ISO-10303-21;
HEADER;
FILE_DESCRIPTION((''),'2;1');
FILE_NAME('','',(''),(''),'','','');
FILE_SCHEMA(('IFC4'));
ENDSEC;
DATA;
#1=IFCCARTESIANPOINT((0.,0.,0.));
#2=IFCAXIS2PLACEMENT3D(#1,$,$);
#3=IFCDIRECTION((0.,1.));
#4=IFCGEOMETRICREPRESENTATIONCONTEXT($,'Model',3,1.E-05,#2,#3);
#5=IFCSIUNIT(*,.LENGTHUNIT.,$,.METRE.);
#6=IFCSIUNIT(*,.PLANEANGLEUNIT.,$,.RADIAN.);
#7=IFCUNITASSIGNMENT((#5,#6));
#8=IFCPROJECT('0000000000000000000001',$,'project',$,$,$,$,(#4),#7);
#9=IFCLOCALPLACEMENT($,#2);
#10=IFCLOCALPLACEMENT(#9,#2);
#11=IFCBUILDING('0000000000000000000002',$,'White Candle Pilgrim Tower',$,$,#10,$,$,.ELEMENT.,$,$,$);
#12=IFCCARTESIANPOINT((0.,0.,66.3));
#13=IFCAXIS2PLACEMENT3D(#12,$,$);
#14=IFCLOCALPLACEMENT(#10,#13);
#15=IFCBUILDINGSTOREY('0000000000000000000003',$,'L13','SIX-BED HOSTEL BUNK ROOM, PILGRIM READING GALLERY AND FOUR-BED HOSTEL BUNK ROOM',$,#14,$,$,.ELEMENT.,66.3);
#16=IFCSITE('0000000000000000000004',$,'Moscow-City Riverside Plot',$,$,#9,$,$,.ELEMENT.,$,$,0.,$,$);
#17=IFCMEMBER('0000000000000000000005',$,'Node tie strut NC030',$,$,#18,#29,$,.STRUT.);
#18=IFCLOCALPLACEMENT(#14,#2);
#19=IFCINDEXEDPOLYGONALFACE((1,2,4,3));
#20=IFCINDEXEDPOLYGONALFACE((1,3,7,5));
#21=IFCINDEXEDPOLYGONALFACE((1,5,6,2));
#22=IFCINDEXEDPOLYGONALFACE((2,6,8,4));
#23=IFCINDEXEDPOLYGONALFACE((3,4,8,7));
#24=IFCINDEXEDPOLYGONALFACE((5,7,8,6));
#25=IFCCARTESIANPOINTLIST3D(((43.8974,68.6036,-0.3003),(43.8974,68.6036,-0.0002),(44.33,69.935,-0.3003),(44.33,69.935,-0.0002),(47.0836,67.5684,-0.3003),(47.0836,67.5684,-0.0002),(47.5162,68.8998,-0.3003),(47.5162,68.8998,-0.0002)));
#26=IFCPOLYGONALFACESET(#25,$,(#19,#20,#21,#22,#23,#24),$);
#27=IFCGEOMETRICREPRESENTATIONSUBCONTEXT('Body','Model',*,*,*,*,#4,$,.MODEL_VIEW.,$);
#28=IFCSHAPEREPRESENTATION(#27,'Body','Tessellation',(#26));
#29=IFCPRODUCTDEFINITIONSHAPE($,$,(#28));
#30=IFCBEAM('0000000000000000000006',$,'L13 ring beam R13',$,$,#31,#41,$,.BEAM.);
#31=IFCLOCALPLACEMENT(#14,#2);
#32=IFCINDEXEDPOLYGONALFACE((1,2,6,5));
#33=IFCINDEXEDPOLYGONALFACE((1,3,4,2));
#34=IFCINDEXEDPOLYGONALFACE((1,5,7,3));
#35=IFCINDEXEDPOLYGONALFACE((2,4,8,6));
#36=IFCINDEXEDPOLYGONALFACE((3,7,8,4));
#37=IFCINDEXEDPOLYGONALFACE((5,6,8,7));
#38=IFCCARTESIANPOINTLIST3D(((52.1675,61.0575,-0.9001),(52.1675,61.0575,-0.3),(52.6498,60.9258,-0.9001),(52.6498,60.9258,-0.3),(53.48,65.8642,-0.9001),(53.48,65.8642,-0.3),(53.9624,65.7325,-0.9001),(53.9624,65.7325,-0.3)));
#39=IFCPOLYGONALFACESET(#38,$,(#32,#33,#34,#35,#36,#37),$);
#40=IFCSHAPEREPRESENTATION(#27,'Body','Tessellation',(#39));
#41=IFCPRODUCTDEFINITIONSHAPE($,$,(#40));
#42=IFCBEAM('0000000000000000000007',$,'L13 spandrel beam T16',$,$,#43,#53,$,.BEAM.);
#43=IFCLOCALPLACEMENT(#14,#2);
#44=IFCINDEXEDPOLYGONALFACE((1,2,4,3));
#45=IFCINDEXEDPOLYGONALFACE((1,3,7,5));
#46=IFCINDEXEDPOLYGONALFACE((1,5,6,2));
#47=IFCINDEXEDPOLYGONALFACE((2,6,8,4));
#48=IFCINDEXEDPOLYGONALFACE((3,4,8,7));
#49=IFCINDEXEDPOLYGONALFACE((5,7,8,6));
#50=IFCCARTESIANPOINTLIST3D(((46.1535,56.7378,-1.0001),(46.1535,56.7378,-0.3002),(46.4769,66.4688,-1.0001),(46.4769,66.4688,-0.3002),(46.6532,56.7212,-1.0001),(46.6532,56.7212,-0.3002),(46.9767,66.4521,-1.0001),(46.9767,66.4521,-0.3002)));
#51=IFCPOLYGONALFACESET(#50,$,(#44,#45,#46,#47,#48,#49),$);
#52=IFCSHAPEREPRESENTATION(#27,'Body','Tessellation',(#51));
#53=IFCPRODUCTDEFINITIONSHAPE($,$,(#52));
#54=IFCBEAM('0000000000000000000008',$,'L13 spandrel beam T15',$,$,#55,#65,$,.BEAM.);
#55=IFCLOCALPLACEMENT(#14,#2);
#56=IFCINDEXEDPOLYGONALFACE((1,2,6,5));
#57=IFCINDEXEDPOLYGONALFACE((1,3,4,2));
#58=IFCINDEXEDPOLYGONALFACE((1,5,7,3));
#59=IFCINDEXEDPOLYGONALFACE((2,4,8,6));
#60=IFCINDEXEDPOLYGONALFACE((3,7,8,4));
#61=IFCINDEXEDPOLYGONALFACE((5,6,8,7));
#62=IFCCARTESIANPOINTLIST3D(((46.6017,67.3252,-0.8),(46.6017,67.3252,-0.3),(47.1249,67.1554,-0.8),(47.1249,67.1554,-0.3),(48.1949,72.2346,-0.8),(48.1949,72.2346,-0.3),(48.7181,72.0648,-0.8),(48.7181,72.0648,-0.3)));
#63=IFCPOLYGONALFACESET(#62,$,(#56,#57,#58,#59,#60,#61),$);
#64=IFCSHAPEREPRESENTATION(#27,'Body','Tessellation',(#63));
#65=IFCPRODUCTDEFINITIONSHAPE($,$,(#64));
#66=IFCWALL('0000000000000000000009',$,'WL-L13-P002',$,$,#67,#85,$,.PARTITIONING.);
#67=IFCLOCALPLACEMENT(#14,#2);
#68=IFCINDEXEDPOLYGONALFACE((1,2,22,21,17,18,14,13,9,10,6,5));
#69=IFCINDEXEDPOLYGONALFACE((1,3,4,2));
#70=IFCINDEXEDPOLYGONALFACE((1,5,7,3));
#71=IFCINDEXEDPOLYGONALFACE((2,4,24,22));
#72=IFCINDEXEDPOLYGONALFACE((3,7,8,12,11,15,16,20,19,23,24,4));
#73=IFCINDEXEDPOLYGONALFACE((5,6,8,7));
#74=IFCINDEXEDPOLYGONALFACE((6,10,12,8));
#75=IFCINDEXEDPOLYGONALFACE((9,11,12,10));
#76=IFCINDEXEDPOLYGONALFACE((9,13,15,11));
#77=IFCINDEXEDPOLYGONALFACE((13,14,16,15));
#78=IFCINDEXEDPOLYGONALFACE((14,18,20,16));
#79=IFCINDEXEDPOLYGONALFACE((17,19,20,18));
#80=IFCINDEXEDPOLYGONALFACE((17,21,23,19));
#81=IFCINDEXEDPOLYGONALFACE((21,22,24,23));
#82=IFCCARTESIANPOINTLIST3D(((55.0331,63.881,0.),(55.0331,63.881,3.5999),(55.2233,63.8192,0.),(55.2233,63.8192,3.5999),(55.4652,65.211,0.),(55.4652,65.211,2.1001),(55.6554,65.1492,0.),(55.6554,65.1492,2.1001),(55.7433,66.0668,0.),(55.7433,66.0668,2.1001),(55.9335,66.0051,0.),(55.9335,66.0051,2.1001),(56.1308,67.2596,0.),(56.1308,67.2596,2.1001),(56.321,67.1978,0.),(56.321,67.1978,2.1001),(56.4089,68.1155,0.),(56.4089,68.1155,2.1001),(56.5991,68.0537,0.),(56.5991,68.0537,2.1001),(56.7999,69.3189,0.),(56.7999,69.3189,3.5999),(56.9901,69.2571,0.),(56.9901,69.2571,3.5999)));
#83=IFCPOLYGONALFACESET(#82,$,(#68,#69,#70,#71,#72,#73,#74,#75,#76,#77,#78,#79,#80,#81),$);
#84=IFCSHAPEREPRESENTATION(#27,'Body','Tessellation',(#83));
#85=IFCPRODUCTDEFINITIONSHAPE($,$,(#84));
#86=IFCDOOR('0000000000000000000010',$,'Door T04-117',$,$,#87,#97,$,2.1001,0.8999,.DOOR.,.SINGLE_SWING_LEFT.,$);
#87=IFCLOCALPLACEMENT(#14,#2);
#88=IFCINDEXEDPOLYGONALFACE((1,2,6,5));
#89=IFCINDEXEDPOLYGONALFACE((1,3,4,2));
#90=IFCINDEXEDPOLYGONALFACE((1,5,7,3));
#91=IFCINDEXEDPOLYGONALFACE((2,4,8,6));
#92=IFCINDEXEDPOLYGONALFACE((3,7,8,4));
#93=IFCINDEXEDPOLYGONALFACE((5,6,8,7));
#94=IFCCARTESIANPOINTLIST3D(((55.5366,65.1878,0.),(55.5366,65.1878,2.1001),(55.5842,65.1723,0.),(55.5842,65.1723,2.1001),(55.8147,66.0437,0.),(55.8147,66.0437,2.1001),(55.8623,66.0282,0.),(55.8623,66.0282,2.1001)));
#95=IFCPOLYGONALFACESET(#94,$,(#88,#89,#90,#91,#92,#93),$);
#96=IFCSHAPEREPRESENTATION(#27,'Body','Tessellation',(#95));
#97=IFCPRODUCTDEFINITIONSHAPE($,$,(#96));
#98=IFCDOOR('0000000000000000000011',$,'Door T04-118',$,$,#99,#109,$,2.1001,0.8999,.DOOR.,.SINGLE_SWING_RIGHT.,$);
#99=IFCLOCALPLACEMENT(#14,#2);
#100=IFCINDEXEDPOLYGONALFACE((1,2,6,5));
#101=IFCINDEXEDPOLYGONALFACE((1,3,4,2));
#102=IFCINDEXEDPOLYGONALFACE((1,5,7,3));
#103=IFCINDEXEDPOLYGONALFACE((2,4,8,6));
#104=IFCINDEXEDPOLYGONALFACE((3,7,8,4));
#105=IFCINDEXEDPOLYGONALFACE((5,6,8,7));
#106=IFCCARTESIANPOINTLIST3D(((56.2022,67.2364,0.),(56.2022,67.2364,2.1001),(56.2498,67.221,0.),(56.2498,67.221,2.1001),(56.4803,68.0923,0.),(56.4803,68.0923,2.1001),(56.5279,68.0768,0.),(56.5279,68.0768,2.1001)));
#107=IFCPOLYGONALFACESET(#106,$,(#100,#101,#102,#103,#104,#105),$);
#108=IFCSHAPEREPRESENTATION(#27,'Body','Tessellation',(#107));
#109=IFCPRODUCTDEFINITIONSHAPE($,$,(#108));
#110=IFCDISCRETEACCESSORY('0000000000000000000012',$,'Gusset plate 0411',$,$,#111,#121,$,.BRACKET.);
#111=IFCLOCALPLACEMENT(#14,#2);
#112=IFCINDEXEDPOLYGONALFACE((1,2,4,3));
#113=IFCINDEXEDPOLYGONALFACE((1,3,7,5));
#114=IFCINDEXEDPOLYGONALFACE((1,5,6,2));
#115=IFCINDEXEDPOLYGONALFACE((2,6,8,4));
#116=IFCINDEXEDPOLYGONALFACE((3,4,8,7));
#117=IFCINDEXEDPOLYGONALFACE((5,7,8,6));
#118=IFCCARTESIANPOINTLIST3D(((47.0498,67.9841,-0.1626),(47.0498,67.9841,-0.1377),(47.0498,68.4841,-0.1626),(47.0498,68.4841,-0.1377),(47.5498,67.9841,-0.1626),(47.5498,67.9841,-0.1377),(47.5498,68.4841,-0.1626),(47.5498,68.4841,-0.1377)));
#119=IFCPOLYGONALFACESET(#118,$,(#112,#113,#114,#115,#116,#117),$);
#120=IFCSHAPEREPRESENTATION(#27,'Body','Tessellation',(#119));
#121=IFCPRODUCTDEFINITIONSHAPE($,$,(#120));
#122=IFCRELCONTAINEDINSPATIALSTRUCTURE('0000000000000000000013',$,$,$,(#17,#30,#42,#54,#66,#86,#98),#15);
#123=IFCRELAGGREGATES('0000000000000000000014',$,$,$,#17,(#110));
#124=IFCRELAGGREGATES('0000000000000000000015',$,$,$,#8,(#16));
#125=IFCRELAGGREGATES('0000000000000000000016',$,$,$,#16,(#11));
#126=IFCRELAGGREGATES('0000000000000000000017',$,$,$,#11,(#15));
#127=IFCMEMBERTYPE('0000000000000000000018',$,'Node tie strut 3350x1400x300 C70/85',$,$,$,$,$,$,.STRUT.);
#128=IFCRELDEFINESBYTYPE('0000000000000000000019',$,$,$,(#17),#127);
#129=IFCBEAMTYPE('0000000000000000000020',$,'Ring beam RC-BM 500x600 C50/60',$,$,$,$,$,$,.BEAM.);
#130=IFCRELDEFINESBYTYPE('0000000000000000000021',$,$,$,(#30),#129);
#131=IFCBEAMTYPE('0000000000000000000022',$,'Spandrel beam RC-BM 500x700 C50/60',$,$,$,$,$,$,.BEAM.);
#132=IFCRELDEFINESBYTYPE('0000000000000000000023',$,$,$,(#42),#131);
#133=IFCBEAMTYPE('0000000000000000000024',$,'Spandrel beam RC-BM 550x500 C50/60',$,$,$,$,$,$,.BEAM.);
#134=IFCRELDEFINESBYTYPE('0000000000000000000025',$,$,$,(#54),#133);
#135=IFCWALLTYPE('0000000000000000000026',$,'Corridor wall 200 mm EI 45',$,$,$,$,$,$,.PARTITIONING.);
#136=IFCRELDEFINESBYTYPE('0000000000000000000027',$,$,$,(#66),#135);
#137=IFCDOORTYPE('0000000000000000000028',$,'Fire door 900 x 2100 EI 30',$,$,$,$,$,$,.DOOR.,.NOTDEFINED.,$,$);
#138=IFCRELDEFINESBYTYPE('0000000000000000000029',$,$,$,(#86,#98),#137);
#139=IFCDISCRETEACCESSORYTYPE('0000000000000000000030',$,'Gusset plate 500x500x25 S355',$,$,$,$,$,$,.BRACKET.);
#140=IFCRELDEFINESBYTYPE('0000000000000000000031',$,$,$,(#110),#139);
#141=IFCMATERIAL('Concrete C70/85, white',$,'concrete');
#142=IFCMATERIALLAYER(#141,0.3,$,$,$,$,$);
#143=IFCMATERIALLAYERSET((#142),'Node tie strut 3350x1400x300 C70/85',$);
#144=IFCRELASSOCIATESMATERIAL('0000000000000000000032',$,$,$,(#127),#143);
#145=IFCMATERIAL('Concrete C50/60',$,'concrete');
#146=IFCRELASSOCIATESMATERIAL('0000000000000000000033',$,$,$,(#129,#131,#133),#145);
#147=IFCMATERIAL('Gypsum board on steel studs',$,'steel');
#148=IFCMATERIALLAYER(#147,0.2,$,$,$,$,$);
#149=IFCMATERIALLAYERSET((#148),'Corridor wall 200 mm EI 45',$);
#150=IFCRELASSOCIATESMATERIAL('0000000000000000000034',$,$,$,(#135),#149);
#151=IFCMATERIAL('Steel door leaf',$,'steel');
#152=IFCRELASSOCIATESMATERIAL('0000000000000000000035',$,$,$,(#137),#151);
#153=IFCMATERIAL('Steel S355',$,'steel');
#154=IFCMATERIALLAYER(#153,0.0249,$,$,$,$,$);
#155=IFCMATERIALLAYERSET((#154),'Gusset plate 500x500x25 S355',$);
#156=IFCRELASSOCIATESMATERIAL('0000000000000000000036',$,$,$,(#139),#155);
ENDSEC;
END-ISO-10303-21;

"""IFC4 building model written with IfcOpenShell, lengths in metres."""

from ifc_helpers import new_model, si_unit, direction, frame, frame_2d, origin, origin_2d, place, context, subcontext, project, spatial, rectangle, extrude, material, layer, layer_set, material_profile, profile_set, type_object, element, fill, aggregate, save


model = new_model("IFC4")

# Units and contexts
model_context = context("Model", 3, precision=1e-05, world=origin(), true_north=direction((0.0, 1.0)))
body_context = subcontext(model_context, "Body", "Model", "MODEL_VIEW")
ifc_project = project(units=[si_unit("LENGTHUNIT", "METRE"), si_unit("PLANEANGLEUNIT", "RADIAN")], contexts=[model_context])

# Site, building, storey
site_placement = place(None, origin())
site = spatial("IfcSite", under=ifc_project, at=site_placement, Name="Moscow-City Riverside Plot", CompositionType="ELEMENT", RefElevation=0.0)
building_placement = place(site_placement, origin())
building = spatial("IfcBuilding", under=site, at=building_placement, Name="White Candle Pilgrim Tower", CompositionType="ELEMENT")
storey_placement = place(building_placement, frame((0.0, 0.0, 66.3)))
storey = spatial("IfcBuildingStorey", under=building, at=storey_placement, Name="L13", Description="SIX-BED HOSTEL BUNK ROOM, PILGRIM READING GALLERY AND FOUR-BED HOSTEL BUNK ROOM", CompositionType="ELEMENT", Elevation=66.3)

# Member
ifc_material_1 = material(Name="Concrete C70/85, white", Category="concrete")
ifc_layer_1 = layer(ifc_material_1, 0.3)
ifc_layer_set_1 = layer_set([ifc_layer_1], Name="Node tie strut 3350x1400x300 C70/85")
member_type_1 = type_object("IfcMemberType", Name="Node tie strut 3350x1400x300 C70/85", PredefinedType="STRUT", material=ifc_layer_set_1)
member_1_placement = place(storey_placement, frame((45.7068, 68.7517, -0.3003), z_axis=(0.0, 0.0, 1.0), x_axis=(-0.309017, -0.951057, 0.0)))
member_1 = element("IfcMember", 1, at=member_1_placement, inside=storey, type_object=member_type_1, Name="Node tie strut NC030", PredefinedType="STRUT", context=body_context, shape_type="SweptSolid", body=[
    extrude(rectangle(XDim=1.3999, YDim=3.3501, at=origin_2d()), origin(), (0.0, 0.0, 1.0), 0.3),
])

# Beams
ifc_material_2 = material(Name="Concrete C50/60", Category="concrete")
ifc_material_profile_1 = material_profile(ifc_material_2, rectangle(XDim=0.5, YDim=0.6001, at=origin_2d()), Name="RC-BM 500x600")
ifc_profile_set_1 = profile_set([ifc_material_profile_1], Name="Concrete C50/60")
beam_type_1 = type_object("IfcBeamType", Name="Ring beam RC-BM 500x600 C50/60", PredefinedType="BEAM", material=ifc_profile_set_1)
beam_1_placement = place(storey_placement, frame((53.7212, 65.7983, -0.6001), z_axis=(-0.263416, -0.964682, 0.0), x_axis=(0.964682, -0.263416, 0.0)))
element("IfcBeam", 2, at=beam_1_placement, inside=storey, type_object=beam_type_1, Name="L13 ring beam R13", PredefinedType="BEAM", context=body_context, shape_type="SweptSolid", body=[
    extrude(rectangle(XDim=0.5, YDim=0.6001, at=origin_2d()), origin(), (0.0, 0.0, 1.0), 4.9827),
])
ifc_material_profile_2 = material_profile(ifc_material_2, rectangle(XDim=0.5, YDim=0.7, at=origin_2d()), Name="RC-BM 500x700")
ifc_profile_set_2 = profile_set([ifc_material_profile_2], Name="Concrete C50/60")
beam_type_2 = type_object("IfcBeamType", Name="Spandrel beam RC-BM 500x700 C50/60", PredefinedType="BEAM", material=ifc_profile_set_2)
beam_2_placement = place(storey_placement, frame((46.7268, 66.4604, -0.6501), z_axis=(-0.033225, -0.999448, 0.0), x_axis=(0.999448, -0.033225, 0.0)))
element("IfcBeam", 3, at=beam_2_placement, inside=storey, type_object=beam_type_2, Name="L13 spandrel beam T16", PredefinedType="BEAM", context=body_context, shape_type="SweptSolid", body=[
    extrude(rectangle(XDim=0.5, YDim=0.7, at=origin_2d()), origin(), (0.0, 0.0, 1.0), 9.7363),
])
ifc_material_profile_3 = material_profile(ifc_material_2, rectangle(XDim=0.55, YDim=0.5, at=origin_2d()), Name="RC-BM 550x500")
ifc_profile_set_3 = profile_set([ifc_material_profile_3], Name="Concrete C50/60")
beam_type_3 = type_object("IfcBeamType", Name="Spandrel beam RC-BM 550x500 C50/60", PredefinedType="BEAM", material=ifc_profile_set_3)
beam_3_placement = place(storey_placement, frame((48.4565, 72.1497, -0.55), z_axis=(-0.308683, -0.951165, 0.0), x_axis=(0.951165, -0.308683, 0.0)))
element("IfcBeam", 4, at=beam_3_placement, inside=storey, type_object=beam_type_3, Name="L13 spandrel beam T15", PredefinedType="BEAM", context=body_context, shape_type="SweptSolid", body=[
    extrude(rectangle(XDim=0.55, YDim=0.5, at=origin_2d()), origin(), (0.0, 0.0, 1.0), 5.1614),
])

# Wall, openings, doors
ifc_material_3 = material(Name="Gypsum board on steel studs", Category="steel")
ifc_layer_2 = layer(ifc_material_3, 0.2)
ifc_layer_set_2 = layer_set([ifc_layer_2], Name="Corridor wall 200 mm EI 45")
wall_type_1 = type_object("IfcWallType", Name="Corridor wall 200 mm EI 45", PredefinedType="PARTITIONING", material=ifc_layer_set_2)
wall_1_placement = place(storey_placement, frame((55.1282, 63.8501, 0.0), z_axis=(0.0, 0.0, 1.0), x_axis=(0.309007, 0.95106, 0.0)))
wall_1 = element("IfcWall", 5, at=wall_1_placement, inside=storey, type_object=wall_type_1, Name="WL-L13-P002", PredefinedType="PARTITIONING", context=body_context, shape_type="SweptSolid", body=[
    extrude(rectangle(XDim=5.7178, YDim=0.2, at=frame_2d((2.8589, 0.0))), origin(), (0.0, 0.0, 1.0), 3.5999),
])
opening_1_placement = place(wall_1_placement, frame((1.3984, 0.0, 0.0)))
opening_1 = element("IfcOpeningElement", 6, at=opening_1_placement, cuts=wall_1, PredefinedType="OPENING", context=body_context, shape_type="SweptSolid", body=[
    extrude(rectangle(XDim=0.8999, YDim=2.1001, at=frame_2d((0.45, 1.05))), frame((0.0, 0.1099, 0.0), z_axis=(0.0, -1.0, 0.0), x_axis=(1.0, 0.0, 0.0)), (0.0, 0.0, 1.0), 0.22),
])
opening_2_placement = place(wall_1_placement, frame((3.5525, 0.0, 0.0)))
opening_2 = element("IfcOpeningElement", 7, at=opening_2_placement, cuts=wall_1, PredefinedType="OPENING", context=body_context, shape_type="SweptSolid", body=[
    extrude(rectangle(XDim=0.8999, YDim=2.1001, at=frame_2d((0.45, 1.05))), frame((0.0, 0.1099, 0.0), z_axis=(0.0, -1.0, 0.0), x_axis=(1.0, 0.0, 0.0)), (0.0, 0.0, 1.0), 0.22),
])
ifc_material_4 = material(Name="Steel door leaf", Category="steel")
door_type_1 = type_object("IfcDoorType", Name="Fire door 900 x 2100 EI 30", OperationType="NOTDEFINED", PredefinedType="DOOR", material=ifc_material_4)
door_1_placement = place(opening_1_placement, origin())
door_1 = element("IfcDoor", 8, at=door_1_placement, inside=storey, type_object=door_type_1, Name="Door T04-117", OperationType="SINGLE_SWING_LEFT", OverallHeight=2.1001, OverallWidth=0.8999, PredefinedType="DOOR", context=body_context, shape_type="SweptSolid", body=[
    extrude(rectangle(XDim=0.8999, YDim=2.1001, at=frame_2d((0.45, 1.05))), frame((0.0, 0.0249, 0.0), z_axis=(0.0, -1.0, 0.0), x_axis=(1.0, 0.0, 0.0)), (0.0, 0.0, 1.0), 0.05),
])
fill(opening_1, door_1)
door_2_placement = place(opening_2_placement, origin())
door_2 = element("IfcDoor", 9, at=door_2_placement, inside=storey, type_object=door_type_1, Name="Door T04-118", OperationType="SINGLE_SWING_RIGHT", OverallHeight=2.1001, OverallWidth=0.8999, PredefinedType="DOOR", context=body_context, shape_type="SweptSolid", body=[
    extrude(rectangle(XDim=0.8999, YDim=2.1001, at=frame_2d((0.45, 1.05))), frame((0.0, 0.0249, 0.0), z_axis=(0.0, -1.0, 0.0), x_axis=(1.0, 0.0, 0.0)), (0.0, 0.0, 1.0), 0.05),
])
fill(opening_2, door_2)

# Discrete accessory
ifc_material_5 = material(Name="Steel S355", Category="steel")
ifc_layer_3 = layer(ifc_material_5, 0.0249)
ifc_layer_set_3 = layer_set([ifc_layer_3], Name="Gusset plate 500x500x25 S355")
discrete_accessory_type = type_object("IfcDiscreteAccessoryType", Name="Gusset plate 500x500x25 S355", PredefinedType="BRACKET", material=ifc_layer_set_3)
discrete_accessory_1_placement = place(storey_placement, frame((47.2998, 68.2341, -0.1626), z_axis=(0.0, 0.0, 1.0), x_axis=(1.0, 0.0, 0.0)))
discrete_accessory_1 = element("IfcDiscreteAccessory", 10, at=discrete_accessory_1_placement, type_object=discrete_accessory_type, Name="Gusset plate 0411", PredefinedType="BRACKET", context=body_context, shape_type="SweptSolid", body=[
    extrude(rectangle(XDim=0.5, YDim=0.5, at=origin_2d()), origin(), (0.0, 0.0, 1.0), 0.0249),
])
aggregate(member_1, [discrete_accessory_1])

save(model, "model.ifc")
